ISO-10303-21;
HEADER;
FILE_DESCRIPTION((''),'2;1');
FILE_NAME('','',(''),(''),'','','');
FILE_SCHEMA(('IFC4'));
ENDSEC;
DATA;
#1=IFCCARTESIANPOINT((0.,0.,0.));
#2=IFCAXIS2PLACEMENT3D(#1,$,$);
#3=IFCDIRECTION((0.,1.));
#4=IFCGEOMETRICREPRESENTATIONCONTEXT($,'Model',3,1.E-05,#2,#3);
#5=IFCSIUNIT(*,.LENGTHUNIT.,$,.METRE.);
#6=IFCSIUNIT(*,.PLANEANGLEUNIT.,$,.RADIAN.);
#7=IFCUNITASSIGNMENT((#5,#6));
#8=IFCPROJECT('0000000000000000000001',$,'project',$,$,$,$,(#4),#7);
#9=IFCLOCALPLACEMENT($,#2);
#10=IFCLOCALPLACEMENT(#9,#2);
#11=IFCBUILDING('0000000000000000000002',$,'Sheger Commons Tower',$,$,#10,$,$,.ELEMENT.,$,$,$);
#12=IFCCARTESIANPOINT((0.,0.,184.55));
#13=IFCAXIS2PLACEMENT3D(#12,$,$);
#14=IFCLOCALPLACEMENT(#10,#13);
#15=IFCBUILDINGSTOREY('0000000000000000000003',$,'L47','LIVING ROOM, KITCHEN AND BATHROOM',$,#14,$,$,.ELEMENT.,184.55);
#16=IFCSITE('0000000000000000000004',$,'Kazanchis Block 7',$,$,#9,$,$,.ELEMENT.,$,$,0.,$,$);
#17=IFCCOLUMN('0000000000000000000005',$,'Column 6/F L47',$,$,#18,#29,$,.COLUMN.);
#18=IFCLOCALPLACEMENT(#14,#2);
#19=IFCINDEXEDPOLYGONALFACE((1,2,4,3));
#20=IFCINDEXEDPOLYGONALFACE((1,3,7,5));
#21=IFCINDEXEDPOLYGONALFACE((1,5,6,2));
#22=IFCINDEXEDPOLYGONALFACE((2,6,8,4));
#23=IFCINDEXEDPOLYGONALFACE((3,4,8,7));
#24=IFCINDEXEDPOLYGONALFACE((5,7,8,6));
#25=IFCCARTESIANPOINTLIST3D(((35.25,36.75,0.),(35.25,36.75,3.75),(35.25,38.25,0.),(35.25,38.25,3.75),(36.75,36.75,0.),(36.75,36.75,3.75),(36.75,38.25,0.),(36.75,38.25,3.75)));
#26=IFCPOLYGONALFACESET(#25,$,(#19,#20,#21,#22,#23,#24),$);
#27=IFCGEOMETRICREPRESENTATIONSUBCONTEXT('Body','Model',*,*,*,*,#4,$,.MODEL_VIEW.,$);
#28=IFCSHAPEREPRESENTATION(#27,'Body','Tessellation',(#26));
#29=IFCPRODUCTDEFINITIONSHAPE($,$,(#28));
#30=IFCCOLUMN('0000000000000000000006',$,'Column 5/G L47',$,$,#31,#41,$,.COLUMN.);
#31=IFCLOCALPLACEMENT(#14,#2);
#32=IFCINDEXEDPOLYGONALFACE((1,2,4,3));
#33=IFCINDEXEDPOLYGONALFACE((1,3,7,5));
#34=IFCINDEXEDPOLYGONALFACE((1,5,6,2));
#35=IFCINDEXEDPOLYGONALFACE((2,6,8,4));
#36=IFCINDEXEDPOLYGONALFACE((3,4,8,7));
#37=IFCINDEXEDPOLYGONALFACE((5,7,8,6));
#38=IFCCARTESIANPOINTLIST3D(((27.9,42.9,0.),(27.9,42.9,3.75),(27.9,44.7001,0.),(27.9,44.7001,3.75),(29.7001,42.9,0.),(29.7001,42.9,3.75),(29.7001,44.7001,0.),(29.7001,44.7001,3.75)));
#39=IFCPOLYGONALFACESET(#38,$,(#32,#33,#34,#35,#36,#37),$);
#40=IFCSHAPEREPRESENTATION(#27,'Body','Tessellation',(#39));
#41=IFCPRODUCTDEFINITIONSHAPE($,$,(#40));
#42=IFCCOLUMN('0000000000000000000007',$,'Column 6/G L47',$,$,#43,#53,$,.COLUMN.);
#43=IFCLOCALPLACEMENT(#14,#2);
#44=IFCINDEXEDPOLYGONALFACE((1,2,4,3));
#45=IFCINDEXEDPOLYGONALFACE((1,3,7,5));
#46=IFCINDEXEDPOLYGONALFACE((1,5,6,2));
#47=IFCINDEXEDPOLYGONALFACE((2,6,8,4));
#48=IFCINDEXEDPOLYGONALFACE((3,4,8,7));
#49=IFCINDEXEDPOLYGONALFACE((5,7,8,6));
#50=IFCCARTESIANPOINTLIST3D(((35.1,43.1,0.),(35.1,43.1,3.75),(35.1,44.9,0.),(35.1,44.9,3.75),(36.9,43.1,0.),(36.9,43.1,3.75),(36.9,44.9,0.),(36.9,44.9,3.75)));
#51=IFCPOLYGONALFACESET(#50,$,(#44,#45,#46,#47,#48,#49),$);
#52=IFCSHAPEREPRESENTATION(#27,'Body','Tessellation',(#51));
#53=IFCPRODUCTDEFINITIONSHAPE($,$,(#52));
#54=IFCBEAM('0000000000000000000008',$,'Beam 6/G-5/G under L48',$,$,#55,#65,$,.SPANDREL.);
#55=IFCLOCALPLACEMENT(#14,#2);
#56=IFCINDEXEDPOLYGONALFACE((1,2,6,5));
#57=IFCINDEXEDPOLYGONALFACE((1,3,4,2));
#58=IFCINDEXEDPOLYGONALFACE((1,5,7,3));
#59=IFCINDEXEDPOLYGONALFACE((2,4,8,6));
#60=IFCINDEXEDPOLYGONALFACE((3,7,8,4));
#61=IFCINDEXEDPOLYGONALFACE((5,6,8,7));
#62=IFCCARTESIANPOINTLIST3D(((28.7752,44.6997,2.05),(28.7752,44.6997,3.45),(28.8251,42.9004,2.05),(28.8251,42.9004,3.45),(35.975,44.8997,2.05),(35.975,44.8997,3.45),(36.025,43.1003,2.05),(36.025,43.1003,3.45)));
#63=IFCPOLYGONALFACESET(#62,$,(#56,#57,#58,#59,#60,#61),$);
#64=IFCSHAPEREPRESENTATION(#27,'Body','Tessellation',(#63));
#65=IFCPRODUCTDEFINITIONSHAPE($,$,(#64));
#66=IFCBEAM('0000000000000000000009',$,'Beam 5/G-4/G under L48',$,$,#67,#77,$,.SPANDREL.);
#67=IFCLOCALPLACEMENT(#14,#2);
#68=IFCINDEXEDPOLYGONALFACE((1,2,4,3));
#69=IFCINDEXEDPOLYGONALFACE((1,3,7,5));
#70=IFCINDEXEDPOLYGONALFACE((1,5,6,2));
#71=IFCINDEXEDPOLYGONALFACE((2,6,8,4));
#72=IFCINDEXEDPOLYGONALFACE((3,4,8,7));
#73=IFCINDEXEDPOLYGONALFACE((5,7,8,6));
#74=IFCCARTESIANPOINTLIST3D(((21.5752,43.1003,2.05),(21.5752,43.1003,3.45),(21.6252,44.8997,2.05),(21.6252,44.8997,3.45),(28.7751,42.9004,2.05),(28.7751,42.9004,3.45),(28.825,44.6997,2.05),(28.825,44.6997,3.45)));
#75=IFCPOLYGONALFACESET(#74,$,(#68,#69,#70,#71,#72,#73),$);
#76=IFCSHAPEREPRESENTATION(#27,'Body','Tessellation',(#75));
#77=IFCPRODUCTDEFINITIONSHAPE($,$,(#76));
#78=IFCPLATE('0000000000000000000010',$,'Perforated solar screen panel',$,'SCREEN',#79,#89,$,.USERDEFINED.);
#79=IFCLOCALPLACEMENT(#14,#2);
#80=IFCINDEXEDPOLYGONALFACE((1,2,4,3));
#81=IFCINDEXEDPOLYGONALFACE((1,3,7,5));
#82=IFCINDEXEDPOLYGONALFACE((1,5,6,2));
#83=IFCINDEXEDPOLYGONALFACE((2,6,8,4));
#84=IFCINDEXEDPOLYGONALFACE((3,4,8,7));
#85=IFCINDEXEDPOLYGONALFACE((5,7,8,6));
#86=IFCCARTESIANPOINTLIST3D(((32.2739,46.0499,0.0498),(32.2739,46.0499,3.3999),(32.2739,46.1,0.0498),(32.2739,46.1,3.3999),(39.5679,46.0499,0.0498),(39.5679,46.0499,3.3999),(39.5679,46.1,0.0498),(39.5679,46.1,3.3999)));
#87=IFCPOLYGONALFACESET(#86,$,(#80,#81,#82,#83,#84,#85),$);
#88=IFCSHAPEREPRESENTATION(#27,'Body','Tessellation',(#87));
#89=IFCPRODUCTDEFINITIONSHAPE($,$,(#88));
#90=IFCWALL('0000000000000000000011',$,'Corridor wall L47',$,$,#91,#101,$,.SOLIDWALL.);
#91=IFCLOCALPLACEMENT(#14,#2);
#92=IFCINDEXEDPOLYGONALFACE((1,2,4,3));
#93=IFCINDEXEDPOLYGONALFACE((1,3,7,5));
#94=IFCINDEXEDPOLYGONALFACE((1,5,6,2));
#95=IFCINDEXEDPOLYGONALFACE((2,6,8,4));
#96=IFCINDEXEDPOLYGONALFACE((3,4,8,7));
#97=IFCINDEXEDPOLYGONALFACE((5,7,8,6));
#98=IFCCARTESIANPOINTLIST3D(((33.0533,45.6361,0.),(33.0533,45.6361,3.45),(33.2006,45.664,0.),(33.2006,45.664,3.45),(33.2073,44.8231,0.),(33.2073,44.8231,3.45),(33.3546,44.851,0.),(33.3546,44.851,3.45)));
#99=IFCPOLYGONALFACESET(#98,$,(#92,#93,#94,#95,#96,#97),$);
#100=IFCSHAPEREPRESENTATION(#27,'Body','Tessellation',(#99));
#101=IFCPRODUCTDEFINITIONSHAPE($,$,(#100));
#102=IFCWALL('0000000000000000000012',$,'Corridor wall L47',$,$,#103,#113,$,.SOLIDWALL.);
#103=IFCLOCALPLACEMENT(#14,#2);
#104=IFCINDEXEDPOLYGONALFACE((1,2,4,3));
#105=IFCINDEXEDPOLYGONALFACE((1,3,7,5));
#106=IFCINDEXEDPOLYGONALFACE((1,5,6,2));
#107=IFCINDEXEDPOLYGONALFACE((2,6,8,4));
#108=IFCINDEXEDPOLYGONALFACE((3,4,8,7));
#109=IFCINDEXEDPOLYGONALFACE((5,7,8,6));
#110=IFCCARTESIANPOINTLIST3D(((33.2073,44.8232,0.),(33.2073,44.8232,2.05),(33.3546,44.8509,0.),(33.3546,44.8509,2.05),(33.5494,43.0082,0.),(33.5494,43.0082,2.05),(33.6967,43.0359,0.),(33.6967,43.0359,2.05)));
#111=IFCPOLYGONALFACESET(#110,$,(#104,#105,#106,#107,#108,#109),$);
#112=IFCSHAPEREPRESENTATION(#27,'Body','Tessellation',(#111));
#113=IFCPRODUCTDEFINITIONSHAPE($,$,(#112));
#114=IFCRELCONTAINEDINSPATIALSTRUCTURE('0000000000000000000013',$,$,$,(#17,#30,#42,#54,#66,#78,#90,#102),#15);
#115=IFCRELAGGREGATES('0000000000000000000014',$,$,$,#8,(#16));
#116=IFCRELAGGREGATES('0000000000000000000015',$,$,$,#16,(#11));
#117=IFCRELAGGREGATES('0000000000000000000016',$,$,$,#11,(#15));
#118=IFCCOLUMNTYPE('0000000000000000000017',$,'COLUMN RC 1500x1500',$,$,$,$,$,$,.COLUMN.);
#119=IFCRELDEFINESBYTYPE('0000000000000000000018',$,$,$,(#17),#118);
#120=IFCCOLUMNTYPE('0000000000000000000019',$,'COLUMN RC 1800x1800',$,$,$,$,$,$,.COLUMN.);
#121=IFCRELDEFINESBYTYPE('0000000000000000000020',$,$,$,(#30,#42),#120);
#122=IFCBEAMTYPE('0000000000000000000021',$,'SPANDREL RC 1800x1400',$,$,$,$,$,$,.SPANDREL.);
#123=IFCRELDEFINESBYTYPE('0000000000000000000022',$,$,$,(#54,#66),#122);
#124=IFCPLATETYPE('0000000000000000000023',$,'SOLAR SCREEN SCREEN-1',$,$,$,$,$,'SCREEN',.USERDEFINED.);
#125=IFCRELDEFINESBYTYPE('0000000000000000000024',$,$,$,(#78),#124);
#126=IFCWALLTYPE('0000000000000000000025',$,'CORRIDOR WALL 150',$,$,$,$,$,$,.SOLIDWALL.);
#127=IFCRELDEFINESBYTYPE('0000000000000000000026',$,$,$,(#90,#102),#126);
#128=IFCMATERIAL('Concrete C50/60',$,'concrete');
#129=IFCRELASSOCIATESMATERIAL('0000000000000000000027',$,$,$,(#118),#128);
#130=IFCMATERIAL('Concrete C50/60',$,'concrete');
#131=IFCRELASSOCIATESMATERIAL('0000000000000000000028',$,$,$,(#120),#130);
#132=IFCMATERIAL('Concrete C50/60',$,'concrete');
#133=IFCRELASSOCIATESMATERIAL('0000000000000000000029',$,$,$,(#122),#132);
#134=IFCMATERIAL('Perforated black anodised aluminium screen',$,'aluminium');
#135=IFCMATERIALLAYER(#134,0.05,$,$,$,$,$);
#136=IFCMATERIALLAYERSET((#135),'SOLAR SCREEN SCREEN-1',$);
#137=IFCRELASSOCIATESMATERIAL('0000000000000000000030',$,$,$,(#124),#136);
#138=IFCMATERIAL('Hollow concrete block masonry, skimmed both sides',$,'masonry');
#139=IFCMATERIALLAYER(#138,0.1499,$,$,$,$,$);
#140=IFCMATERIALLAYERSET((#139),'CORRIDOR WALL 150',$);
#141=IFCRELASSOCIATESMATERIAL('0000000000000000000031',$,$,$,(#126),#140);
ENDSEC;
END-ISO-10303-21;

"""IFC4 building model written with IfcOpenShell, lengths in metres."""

from ifc_helpers import new_model, si_unit, direction, frame, frame_2d, origin, origin_2d, place, context, subcontext, project, spatial, rectangle, extrude, material, layer, layer_set, material_profile, profile_set, type_object, element, save


model = new_model("IFC4")

# Units and contexts
model_context = context("Model", 3, precision=1e-05, world=origin(), true_north=direction((0.0, 1.0)))
body_context = subcontext(model_context, "Body", "Model", "MODEL_VIEW")
ifc_project = project(units=[si_unit("LENGTHUNIT", "METRE"), si_unit("PLANEANGLEUNIT", "RADIAN")], contexts=[model_context])

# Site, building, storey
site_placement = place(None, origin())
site = spatial("IfcSite", under=ifc_project, at=site_placement, Name="Kazanchis Block 7", CompositionType="ELEMENT", RefElevation=0.0)
building_placement = place(site_placement, origin())
building = spatial("IfcBuilding", under=site, at=building_placement, Name="Sheger Commons Tower", CompositionType="ELEMENT")
storey_placement = place(building_placement, frame((0.0, 0.0, 184.55)))
storey = spatial("IfcBuildingStorey", under=building, at=storey_placement, Name="L47", Description="LIVING ROOM, KITCHEN AND BATHROOM", CompositionType="ELEMENT", Elevation=184.55)

# Columns
ifc_material_1 = material(Name="Concrete C50/60", Category="concrete")
ifc_material_profile_1 = material_profile(ifc_material_1, rectangle(XDim=1.5, YDim=1.5, at=origin_2d()), Name="RC 1500x1500")
ifc_profile_set_1 = profile_set([ifc_material_profile_1], Name="Concrete C50/60")
column_type_1 = type_object("IfcColumnType", Name="COLUMN RC 1500x1500", PredefinedType="COLUMN", material=ifc_profile_set_1)
column_placement = place(storey_placement, frame((36.0, 37.5, 0.0), z_axis=(0.0, 0.0, 1.0), x_axis=(1.0, 0.0, 0.0)))
element("IfcColumn", 1, at=column_placement, inside=storey, type_object=column_type_1, Name="Column 6/F L47", PredefinedType="COLUMN", context=body_context, shape_type="SweptSolid", body=[
    extrude(rectangle(XDim=1.5, YDim=1.5, at=origin_2d()), origin(), (0.0, 0.0, 1.0), 3.75),
])
ifc_material_2 = material(Name="Concrete C50/60", Category="concrete")
ifc_material_profile_2 = material_profile(ifc_material_2, rectangle(XDim=1.8, YDim=1.8, at=origin_2d()), Name="RC 1800x1800")
ifc_profile_set_2 = profile_set([ifc_material_profile_2], Name="Concrete C50/60")
column_type_2 = type_object("IfcColumnType", Name="COLUMN RC 1800x1800", PredefinedType="COLUMN", material=ifc_profile_set_2)
for number, where, z_axis, x_axis, name in (
    (2, (28.8, 43.8, 0.0), (0.0, 0.0, 1.0), (1.0, 0.0, 0.0), "Column 5/G L47"),
    (3, (36.0, 44.0, 0.0), (0.0, 0.0, 1.0), (1.0, 0.0, 0.0), "Column 6/G L47"),
):
    element("IfcColumn", number, at=place(storey_placement, frame(where, z_axis=z_axis, x_axis=x_axis)), inside=storey, type_object=column_type_2, Name=name, PredefinedType="COLUMN", context=body_context, shape_type="SweptSolid", body=[
        extrude(rectangle(XDim=1.8, YDim=1.8, at=origin_2d()), origin(), (0.0, 0.0, 1.0), 3.75),
    ])

# Beams
ifc_material_3 = material(Name="Concrete C50/60", Category="concrete")
ifc_material_profile_3 = material_profile(ifc_material_3, rectangle(XDim=1.8, YDim=1.3999, at=origin_2d()), Name="RC 1800x1400")
ifc_profile_set_3 = profile_set([ifc_material_profile_3], Name="Concrete C50/60")
beam_type = type_object("IfcBeamType", Name="SPANDREL RC 1800x1400", PredefinedType="SPANDREL", material=ifc_profile_set_3)
for number, where, z_axis, x_axis, name in (
    (4, (36.0, 44.0, 2.75), (-0.999615, -0.02776, 0.0), (0.02776, -0.999615, 0.0), "Beam 6/G-5/G under L48"),
    (5, (28.8, 43.8, 2.75), (-0.999615, 0.02776, 0.0), (-0.02776, -0.999615, 0.0), "Beam 5/G-4/G under L48"),
):
    element("IfcBeam", number, at=place(storey_placement, frame(where, z_axis=z_axis, x_axis=x_axis)), inside=storey, type_object=beam_type, Name=name, PredefinedType="SPANDREL", context=body_context, shape_type="SweptSolid", body=[
        extrude(rectangle(XDim=1.8, YDim=1.3999, at=origin_2d()), origin(), (0.0, 0.0, 1.0), 7.2026),
    ])

# Plate
ifc_material_4 = material(Name="Perforated black anodised aluminium screen", Category="aluminium")
ifc_layer_1 = layer(ifc_material_4, 0.05)
ifc_layer_set_1 = layer_set([ifc_layer_1], Name="SOLAR SCREEN SCREEN-1")
plate_type = type_object("IfcPlateType", Name="SOLAR SCREEN SCREEN-1", ElementType="SCREEN", PredefinedType="USERDEFINED", material=ifc_layer_set_1)
plate_placement = place(storey_placement, frame((35.9209, 46.075, 0.0498), z_axis=(0.0, 0.0, 1.0), x_axis=(-1.0, 0.0, 0.0)))
element("IfcPlate", 6, at=plate_placement, inside=storey, type_object=plate_type, Name="Perforated solar screen panel", ObjectType="SCREEN", PredefinedType="USERDEFINED", context=body_context, shape_type="SweptSolid", body=[
    extrude(rectangle(XDim=7.2939, YDim=0.05, at=origin_2d()), origin(), (0.0, 0.0, 1.0), 3.3501),
])

# Walls
ifc_material_5 = material(Name="Hollow concrete block masonry, skimmed both sides", Category="masonry")
ifc_layer_2 = layer(ifc_material_5, 0.1499)
ifc_layer_set_2 = layer_set([ifc_layer_2], Name="CORRIDOR WALL 150")
wall_type_1 = type_object("IfcWallType", Name="CORRIDOR WALL 150", PredefinedType="SOLIDWALL", material=ifc_layer_set_2)
wall_1_placement = place(storey_placement, frame((33.127, 45.6499, 0.0), z_axis=(0.0, 0.0, 1.0), x_axis=(0.186177, -0.982516, 0.0)))
element("IfcWall", 7, at=wall_1_placement, inside=storey, type_object=wall_type_1, Name="Corridor wall L47", PredefinedType="SOLIDWALL", context=body_context, shape_type="SweptSolid", body=[
    extrude(rectangle(XDim=0.8274, YDim=0.1499, at=frame_2d((0.4136, 0.0))), origin(), (0.0, 0.0, 1.0), 3.45),
])
wall_2_placement = place(storey_placement, frame((33.281, 44.8369, 0.0), z_axis=(0.0, 0.0, 1.0), x_axis=(0.185198, -0.982701, 0.0)))
element("IfcWall", 8, at=wall_2_placement, inside=storey, type_object=wall_type_1, Name="Corridor wall L47", PredefinedType="SOLIDWALL", context=body_context, shape_type="SweptSolid", body=[
    extrude(rectangle(XDim=1.8469, YDim=0.1499, at=frame_2d((0.9233, 0.0))), origin(), (0.0, 0.0, 1.0), 2.05),
])

save(model, "model.ifc")
